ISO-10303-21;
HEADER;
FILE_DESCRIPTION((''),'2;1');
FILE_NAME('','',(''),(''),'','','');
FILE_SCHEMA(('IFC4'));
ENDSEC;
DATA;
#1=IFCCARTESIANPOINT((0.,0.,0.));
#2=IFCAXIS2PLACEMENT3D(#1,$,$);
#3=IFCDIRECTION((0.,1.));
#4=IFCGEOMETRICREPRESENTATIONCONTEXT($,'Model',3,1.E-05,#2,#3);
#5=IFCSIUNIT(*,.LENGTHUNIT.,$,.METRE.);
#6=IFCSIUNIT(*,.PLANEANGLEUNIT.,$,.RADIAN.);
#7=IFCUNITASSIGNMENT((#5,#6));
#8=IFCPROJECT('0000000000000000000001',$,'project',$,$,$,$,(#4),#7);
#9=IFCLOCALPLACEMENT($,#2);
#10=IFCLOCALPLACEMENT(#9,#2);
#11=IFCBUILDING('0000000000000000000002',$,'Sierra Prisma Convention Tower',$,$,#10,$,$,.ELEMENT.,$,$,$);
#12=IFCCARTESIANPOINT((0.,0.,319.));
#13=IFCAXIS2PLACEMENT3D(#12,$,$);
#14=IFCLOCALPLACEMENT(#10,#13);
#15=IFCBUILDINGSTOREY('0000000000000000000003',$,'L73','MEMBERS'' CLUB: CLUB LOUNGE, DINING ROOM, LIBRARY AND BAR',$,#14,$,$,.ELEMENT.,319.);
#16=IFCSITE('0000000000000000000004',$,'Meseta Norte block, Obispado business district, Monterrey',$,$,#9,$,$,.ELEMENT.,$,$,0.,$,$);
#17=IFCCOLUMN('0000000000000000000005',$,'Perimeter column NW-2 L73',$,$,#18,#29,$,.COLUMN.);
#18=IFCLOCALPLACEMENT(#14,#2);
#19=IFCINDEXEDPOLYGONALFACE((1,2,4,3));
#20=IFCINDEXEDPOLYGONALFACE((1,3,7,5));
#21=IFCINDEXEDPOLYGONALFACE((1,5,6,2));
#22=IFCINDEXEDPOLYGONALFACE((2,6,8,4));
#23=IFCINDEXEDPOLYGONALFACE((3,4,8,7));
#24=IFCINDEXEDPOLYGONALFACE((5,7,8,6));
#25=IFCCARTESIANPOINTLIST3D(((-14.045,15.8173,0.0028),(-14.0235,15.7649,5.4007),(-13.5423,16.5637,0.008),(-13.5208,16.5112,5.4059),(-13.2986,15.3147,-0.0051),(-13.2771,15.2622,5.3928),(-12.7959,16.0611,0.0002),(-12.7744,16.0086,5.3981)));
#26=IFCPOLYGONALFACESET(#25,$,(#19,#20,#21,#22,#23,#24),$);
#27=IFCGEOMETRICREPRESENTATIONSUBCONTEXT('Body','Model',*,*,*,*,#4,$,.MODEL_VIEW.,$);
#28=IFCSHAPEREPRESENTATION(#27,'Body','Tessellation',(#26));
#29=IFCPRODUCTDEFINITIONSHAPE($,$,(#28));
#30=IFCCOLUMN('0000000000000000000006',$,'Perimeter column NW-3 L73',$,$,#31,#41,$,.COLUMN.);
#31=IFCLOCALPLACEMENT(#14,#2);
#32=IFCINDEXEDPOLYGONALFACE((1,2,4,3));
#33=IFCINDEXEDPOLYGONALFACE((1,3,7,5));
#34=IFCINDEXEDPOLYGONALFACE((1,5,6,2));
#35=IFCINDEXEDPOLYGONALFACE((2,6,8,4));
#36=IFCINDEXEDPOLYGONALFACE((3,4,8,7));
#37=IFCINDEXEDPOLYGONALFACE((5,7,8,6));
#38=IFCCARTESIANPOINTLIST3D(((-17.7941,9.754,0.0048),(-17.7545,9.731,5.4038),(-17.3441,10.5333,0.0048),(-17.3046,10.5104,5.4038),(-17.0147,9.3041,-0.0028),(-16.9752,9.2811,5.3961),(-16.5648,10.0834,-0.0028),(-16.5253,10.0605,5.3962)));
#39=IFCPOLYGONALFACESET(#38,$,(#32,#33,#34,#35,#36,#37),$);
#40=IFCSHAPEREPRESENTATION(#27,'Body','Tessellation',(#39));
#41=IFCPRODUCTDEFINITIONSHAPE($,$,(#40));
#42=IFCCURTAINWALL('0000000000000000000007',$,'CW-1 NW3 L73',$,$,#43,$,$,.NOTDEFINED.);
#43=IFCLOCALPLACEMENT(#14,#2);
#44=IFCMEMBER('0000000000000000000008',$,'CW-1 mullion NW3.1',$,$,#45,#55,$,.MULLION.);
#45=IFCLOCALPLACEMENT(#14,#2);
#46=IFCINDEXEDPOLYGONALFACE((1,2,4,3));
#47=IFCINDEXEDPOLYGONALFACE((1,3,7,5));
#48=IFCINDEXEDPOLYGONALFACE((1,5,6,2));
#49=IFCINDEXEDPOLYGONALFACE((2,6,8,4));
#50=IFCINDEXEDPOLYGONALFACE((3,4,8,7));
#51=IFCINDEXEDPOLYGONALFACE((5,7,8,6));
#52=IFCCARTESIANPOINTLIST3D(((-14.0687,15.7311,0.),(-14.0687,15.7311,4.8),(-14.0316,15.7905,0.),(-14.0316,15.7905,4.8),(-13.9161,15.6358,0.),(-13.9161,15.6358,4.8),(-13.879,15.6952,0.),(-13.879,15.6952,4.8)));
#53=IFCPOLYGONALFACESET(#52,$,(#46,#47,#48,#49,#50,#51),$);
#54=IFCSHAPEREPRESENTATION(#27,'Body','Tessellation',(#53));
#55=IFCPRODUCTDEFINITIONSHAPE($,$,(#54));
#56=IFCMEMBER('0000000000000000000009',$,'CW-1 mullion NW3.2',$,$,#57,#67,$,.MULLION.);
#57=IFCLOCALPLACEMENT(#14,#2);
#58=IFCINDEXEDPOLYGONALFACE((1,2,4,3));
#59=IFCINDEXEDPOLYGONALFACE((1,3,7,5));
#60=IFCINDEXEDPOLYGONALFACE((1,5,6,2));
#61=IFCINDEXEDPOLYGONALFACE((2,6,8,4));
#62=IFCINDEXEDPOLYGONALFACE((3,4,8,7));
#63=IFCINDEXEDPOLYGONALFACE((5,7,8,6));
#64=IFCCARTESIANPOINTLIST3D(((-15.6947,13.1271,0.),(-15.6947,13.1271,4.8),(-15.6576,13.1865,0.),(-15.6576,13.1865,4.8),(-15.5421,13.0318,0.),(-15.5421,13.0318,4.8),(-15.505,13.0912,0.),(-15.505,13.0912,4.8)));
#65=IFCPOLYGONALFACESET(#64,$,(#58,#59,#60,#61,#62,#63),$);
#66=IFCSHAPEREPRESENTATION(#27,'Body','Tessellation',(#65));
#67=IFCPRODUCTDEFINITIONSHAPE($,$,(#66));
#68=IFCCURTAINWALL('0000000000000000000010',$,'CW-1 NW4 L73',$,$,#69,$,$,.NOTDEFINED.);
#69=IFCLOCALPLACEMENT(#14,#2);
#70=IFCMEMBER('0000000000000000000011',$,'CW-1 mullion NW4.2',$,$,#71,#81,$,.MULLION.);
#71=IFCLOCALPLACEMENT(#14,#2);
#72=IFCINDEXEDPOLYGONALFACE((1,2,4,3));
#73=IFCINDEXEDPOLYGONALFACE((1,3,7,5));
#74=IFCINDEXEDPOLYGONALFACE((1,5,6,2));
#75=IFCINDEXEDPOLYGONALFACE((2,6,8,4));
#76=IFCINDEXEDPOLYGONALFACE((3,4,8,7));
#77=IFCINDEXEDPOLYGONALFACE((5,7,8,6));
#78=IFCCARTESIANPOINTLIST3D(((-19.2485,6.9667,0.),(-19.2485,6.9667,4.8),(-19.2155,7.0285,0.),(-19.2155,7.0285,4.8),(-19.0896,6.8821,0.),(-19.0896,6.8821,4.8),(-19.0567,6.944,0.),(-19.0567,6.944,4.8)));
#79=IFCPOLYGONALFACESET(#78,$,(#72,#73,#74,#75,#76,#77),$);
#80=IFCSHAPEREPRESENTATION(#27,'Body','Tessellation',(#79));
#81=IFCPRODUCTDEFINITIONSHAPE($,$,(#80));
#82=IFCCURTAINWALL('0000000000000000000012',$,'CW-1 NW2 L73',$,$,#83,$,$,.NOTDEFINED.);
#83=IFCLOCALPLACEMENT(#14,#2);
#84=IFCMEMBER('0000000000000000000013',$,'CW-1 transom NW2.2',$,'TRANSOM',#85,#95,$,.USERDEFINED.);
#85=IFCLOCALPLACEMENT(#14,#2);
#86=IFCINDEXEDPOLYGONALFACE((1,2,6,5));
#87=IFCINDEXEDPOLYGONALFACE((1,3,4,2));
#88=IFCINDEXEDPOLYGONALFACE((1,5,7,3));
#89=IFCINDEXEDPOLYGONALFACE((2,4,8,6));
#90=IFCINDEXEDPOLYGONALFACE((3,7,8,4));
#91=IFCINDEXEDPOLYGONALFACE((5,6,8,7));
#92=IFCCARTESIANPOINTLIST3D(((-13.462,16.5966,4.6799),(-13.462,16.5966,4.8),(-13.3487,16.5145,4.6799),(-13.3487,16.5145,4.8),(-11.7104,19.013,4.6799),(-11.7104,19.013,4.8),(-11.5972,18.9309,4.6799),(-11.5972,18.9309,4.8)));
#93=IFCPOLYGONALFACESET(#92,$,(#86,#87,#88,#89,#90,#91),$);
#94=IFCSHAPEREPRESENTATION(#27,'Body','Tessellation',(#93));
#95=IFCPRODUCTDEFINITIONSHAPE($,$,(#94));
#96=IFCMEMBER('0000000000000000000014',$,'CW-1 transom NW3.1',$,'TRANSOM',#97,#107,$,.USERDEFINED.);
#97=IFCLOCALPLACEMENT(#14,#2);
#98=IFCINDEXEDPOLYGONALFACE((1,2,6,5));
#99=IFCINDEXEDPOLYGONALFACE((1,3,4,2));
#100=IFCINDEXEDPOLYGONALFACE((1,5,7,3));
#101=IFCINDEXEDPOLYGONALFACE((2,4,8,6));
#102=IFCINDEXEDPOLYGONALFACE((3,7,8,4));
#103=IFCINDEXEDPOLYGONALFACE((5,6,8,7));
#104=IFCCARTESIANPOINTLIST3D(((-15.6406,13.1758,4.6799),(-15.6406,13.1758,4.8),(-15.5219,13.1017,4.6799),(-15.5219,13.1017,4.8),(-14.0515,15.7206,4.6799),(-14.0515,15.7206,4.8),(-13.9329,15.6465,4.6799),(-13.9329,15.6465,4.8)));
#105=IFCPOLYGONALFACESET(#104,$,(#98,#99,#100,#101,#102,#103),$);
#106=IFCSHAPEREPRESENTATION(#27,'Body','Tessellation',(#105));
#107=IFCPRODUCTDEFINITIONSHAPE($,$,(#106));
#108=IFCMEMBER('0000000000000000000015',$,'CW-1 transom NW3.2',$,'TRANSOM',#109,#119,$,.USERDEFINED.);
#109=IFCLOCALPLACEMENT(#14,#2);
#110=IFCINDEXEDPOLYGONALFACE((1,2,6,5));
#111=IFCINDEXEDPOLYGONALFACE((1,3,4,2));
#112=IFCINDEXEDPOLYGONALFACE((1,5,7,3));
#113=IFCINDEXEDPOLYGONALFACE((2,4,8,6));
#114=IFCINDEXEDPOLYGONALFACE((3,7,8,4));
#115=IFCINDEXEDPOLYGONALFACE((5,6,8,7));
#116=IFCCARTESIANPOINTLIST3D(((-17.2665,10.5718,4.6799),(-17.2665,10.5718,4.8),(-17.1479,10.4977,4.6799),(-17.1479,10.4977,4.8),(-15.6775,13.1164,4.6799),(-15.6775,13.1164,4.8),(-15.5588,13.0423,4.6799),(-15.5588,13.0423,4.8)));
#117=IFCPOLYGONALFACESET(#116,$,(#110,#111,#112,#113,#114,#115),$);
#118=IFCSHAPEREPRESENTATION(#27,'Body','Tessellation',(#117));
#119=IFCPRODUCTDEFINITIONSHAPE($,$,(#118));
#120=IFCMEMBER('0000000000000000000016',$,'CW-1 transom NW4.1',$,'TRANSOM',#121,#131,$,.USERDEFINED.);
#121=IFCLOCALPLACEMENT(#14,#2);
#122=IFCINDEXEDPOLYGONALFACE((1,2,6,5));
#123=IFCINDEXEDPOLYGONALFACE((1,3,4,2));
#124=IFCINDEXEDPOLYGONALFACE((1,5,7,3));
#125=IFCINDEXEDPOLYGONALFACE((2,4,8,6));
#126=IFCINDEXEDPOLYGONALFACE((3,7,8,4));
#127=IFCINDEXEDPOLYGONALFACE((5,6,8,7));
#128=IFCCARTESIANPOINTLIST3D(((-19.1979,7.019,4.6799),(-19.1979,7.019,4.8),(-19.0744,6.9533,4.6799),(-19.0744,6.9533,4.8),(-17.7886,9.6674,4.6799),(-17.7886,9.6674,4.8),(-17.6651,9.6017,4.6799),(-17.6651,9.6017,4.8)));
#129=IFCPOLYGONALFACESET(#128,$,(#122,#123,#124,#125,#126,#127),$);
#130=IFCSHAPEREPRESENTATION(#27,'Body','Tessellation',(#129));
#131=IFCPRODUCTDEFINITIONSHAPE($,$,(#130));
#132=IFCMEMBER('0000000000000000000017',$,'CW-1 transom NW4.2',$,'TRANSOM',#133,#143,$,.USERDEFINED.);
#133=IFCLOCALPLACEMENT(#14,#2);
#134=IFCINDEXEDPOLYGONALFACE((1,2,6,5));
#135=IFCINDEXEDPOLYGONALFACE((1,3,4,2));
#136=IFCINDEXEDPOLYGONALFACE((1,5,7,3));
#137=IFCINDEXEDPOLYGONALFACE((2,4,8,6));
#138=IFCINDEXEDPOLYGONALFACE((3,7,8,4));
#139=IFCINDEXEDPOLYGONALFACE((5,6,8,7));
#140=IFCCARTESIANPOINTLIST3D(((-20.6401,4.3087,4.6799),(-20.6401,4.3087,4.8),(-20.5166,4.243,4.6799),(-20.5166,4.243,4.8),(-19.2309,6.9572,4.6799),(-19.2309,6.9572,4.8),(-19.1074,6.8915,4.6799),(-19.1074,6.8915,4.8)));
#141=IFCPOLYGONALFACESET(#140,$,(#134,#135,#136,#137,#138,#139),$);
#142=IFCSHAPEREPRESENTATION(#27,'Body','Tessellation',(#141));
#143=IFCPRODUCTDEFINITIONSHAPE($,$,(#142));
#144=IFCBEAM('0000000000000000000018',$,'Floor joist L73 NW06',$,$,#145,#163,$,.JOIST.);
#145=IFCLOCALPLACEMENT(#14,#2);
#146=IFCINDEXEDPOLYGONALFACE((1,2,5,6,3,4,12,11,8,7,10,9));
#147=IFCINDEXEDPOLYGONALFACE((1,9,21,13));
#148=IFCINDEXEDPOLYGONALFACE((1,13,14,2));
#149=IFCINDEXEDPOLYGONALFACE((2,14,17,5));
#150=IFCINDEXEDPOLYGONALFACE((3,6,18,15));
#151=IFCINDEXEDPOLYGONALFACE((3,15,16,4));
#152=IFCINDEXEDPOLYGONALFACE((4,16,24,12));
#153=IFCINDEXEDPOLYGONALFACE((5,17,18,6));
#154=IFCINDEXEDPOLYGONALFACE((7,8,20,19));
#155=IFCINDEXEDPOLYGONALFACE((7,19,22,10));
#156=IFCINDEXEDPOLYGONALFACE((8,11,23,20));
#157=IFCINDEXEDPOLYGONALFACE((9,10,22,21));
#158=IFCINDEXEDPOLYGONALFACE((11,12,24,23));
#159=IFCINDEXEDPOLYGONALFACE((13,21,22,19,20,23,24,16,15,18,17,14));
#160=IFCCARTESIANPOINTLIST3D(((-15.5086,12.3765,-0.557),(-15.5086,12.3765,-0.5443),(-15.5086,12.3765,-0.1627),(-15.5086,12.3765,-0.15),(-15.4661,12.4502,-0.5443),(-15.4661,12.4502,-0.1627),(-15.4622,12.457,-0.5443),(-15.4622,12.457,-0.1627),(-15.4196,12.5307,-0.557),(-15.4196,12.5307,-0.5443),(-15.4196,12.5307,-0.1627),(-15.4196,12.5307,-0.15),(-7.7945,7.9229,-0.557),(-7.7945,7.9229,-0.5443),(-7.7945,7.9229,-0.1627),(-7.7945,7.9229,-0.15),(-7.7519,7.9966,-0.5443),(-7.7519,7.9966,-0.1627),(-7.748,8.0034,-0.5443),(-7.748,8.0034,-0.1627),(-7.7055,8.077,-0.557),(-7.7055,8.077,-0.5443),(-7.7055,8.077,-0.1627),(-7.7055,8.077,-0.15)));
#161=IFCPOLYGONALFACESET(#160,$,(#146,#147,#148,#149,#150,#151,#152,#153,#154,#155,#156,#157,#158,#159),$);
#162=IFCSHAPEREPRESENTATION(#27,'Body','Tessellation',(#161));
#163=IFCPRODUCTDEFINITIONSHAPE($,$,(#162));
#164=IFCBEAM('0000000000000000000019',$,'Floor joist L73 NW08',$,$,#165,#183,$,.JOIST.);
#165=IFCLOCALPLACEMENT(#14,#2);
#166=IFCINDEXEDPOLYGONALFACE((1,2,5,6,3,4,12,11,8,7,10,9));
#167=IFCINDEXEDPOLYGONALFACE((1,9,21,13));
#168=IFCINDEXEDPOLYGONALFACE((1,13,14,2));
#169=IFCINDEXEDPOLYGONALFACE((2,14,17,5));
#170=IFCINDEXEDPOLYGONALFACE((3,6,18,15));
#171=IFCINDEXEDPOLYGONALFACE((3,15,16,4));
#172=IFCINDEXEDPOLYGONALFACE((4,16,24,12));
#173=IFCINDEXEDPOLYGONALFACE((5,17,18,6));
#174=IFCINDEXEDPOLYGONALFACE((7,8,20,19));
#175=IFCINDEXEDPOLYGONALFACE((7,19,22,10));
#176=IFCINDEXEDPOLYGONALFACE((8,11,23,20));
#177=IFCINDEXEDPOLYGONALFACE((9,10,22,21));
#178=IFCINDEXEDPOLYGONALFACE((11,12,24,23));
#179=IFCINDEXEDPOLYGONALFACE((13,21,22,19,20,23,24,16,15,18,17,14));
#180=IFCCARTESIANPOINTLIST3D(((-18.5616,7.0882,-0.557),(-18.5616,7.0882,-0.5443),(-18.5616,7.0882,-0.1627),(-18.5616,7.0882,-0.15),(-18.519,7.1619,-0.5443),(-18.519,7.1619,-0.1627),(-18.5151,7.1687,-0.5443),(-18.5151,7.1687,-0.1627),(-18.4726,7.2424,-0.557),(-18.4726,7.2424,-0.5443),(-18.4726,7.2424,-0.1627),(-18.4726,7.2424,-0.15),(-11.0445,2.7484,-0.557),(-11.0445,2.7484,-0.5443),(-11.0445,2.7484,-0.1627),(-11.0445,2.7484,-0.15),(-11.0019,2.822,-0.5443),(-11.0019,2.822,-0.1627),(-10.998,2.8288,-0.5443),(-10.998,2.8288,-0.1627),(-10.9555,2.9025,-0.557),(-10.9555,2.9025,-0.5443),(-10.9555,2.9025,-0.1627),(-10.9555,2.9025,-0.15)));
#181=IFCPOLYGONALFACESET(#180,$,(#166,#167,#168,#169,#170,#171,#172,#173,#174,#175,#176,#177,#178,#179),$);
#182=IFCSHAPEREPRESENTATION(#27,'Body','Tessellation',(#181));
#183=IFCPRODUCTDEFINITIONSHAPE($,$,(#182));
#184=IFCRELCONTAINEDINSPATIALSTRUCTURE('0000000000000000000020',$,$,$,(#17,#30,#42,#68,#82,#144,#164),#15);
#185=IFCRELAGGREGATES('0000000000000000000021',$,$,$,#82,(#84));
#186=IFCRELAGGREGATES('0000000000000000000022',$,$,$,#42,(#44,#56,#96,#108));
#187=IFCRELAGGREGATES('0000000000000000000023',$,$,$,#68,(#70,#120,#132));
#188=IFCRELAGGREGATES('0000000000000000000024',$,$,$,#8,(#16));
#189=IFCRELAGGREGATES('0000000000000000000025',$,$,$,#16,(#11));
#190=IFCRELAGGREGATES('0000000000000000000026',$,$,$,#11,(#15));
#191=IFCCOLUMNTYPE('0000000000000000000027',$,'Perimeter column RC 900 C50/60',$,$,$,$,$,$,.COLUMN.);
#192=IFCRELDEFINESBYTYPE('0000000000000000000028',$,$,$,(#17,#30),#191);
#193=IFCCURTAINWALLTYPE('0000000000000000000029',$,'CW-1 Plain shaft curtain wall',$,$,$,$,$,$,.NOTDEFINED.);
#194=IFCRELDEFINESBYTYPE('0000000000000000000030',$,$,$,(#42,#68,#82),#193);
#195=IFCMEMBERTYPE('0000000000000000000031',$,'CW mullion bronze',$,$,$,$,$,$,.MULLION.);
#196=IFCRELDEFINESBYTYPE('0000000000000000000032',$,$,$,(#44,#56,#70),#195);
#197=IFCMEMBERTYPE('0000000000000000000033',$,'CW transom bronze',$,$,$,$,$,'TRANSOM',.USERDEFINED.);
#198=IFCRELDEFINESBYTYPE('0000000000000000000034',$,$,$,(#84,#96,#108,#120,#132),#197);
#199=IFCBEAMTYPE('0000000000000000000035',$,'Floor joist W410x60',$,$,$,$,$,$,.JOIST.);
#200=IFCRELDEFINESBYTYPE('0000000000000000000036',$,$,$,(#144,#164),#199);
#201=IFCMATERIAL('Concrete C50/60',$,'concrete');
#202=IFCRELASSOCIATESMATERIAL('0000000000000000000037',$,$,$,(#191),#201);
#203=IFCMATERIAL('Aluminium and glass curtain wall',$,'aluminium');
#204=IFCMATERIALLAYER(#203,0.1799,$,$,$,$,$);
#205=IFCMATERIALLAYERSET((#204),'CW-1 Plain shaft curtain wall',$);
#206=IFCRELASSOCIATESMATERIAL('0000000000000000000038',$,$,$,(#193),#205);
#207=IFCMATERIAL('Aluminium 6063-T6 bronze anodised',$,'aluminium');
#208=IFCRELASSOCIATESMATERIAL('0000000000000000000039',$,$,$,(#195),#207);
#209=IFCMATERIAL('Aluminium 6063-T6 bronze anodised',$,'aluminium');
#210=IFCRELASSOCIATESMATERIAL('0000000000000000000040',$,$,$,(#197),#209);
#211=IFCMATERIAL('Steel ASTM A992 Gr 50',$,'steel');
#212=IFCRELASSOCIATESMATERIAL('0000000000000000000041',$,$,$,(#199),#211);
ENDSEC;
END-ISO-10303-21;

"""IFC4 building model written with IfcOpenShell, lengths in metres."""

from ifc_helpers import new_model, si_unit, direction, frame, origin, origin_2d, place, context, subcontext, project, spatial, rectangle, i_section, extrude, clip, halfspace, material, layer, layer_set, material_profile, profile_set, type_object, element, aggregate, save


model = new_model("IFC4")

# Units and contexts
model_context = context("Model", 3, precision=1e-05, world=origin(), true_north=direction((0.0, 1.0)))
body_context = subcontext(model_context, "Body", "Model", "MODEL_VIEW")
ifc_project = project(units=[si_unit("LENGTHUNIT", "METRE"), si_unit("PLANEANGLEUNIT", "RADIAN")], contexts=[model_context])

# Site, building, storey
site_placement = place(None, origin())
site = spatial("IfcSite", under=ifc_project, at=site_placement, Name="Meseta Norte block, Obispado business district, Monterrey", CompositionType="ELEMENT", RefElevation=0.0)
building_placement = place(site_placement, origin())
building = spatial("IfcBuilding", under=site, at=building_placement, Name="Sierra Prisma Convention Tower", CompositionType="ELEMENT")
storey_placement = place(building_placement, frame((0.0, 0.0, 319.0)))
storey = spatial("IfcBuildingStorey", under=building, at=storey_placement, Name="L73", Description="MEMBERS' CLUB: CLUB LOUNGE, DINING ROOM, LIBRARY AND BAR", CompositionType="ELEMENT", Elevation=319.0)

# Columns
ifc_material_1 = material(Name="Concrete C50/60", Category="concrete")
ifc_material_profile_1 = material_profile(ifc_material_1, rectangle(XDim=0.8999, YDim=0.8999, at=origin_2d()), Name="Perimeter column RC 900 C50/60")
ifc_profile_set_1 = profile_set([ifc_material_profile_1], Name="Concrete C50/60")
column_type = type_object("IfcColumnType", Name="Perimeter column RC 900 C50/60", PredefinedType="COLUMN", material=ifc_profile_set_1)
column_1_placement = place(storey_placement, frame((-13.4204, 15.9392, 0.0), z_axis=(0.003978, -0.00972, 0.999945), x_axis=(0.55861, 0.82941, 0.00584)))
element("IfcColumn", 1, at=column_1_placement, inside=storey, type_object=column_type, Name="Perimeter column NW-2 L73", PredefinedType="COLUMN", context=body_context, shape_type="SweptSolid", body=[
    clip(clip(extrude(rectangle(XDim=0.8999, YDim=0.8999, at=origin_2d()), origin(), (0.0, 0.0, 1.0), 5.4001), halfspace(frame((0.0, 0.0, 0.0015)), True)), halfspace(frame((0.0, 0.0, 5.3997)), False)),
])
column_2_placement = place(storey_placement, frame((-17.1794, 9.9187, 0.0), z_axis=(0.007324, -0.00425, 0.999964), x_axis=(0.499987, 0.866033, 0.000019)))
element("IfcColumn", 2, at=column_2_placement, inside=storey, type_object=column_type, Name="Perimeter column NW-3 L73", PredefinedType="COLUMN", context=body_context, shape_type="SweptSolid", body=[
    clip(extrude(rectangle(XDim=0.8999, YDim=0.8999, at=origin_2d()), origin(), (0.0, 0.0, 1.0), 5.4001), halfspace(frame((0.0, 0.0, 0.001)), True)),
])

# Curtain wall, members
ifc_material_2 = material(Name="Aluminium and glass curtain wall", Category="aluminium")
ifc_layer_1 = layer(ifc_material_2, 0.1799)
ifc_layer_set_1 = layer_set([ifc_layer_1], Name="CW-1 Plain shaft curtain wall")
curtain_wall_type = type_object("IfcCurtainWallType", Name="CW-1 Plain shaft curtain wall", PredefinedType="NOTDEFINED", material=ifc_layer_set_1)
curtain_wall_1_placement = place(storey_placement, origin())
curtain_wall_1 = element("IfcCurtainWall", 3, at=curtain_wall_1_placement, inside=storey, type_object=curtain_wall_type, Name="CW-1 NW3 L73", PredefinedType="NOTDEFINED")
ifc_material_3 = material(Name="Aluminium 6063-T6 bronze anodised", Category="aluminium")
ifc_material_profile_2 = material_profile(ifc_material_3, rectangle(XDim=0.1799, YDim=0.0701, at=origin_2d()), Name="ALU MULLION 70x180")
ifc_profile_set_2 = profile_set([ifc_material_profile_2], Name="Aluminium 6063-T6 bronze anodised")
member_type_1 = type_object("IfcMemberType", Name="CW mullion bronze", PredefinedType="MULLION", material=ifc_profile_set_2)
member_1_placement = place(storey_placement, frame((-13.9739, 15.7131, 0.0), z_axis=(0.0, 0.0, 1.0), x_axis=(0.848233, -0.529623, 0.0)))
member_1 = element("IfcMember", 4, at=member_1_placement, type_object=member_type_1, Name="CW-1 mullion NW3.1", PredefinedType="MULLION", context=body_context, shape_type="SweptSolid", body=[
    extrude(rectangle(XDim=0.1799, YDim=0.0701, at=origin_2d()), origin(), (0.0, 0.0, 1.0), 4.8),
])
member_2_placement = place(storey_placement, frame((-15.5999, 13.1091, 0.0), z_axis=(0.0, 0.0, 1.0), x_axis=(0.848233, -0.529623, 0.0)))
member_2 = element("IfcMember", 5, at=member_2_placement, type_object=member_type_1, Name="CW-1 mullion NW3.2", PredefinedType="MULLION", context=body_context, shape_type="SweptSolid", body=[
    extrude(rectangle(XDim=0.1799, YDim=0.0701, at=origin_2d()), origin(), (0.0, 0.0, 1.0), 4.8),
])

# Curtain walls, members
curtain_wall_2_placement = place(storey_placement, origin())
curtain_wall_2 = element("IfcCurtainWall", 6, at=curtain_wall_2_placement, inside=storey, type_object=curtain_wall_type, Name="CW-1 NW4 L73", PredefinedType="NOTDEFINED")
member_3_placement = place(storey_placement, frame((-19.1526, 6.9553, 0.0), z_axis=(0.0, 0.0, 1.0), x_axis=(0.882784, -0.46978, 0.0)))
member_3 = element("IfcMember", 7, at=member_3_placement, type_object=member_type_1, Name="CW-1 mullion NW4.2", PredefinedType="MULLION", context=body_context, shape_type="SweptSolid", body=[
    extrude(rectangle(XDim=0.1799, YDim=0.0701, at=origin_2d()), origin(), (0.0, 0.0, 1.0), 4.8),
])
curtain_wall_3_placement = place(storey_placement, origin())
curtain_wall_3 = element("IfcCurtainWall", 8, at=curtain_wall_3_placement, inside=storey, type_object=curtain_wall_type, Name="CW-1 NW2 L73", PredefinedType="NOTDEFINED")
ifc_material_4 = material(Name="Aluminium 6063-T6 bronze anodised", Category="aluminium")
ifc_material_profile_3 = material_profile(ifc_material_4, rectangle(XDim=0.1399, YDim=0.1201, at=origin_2d()), Name="ALU TRANSOM 120x140")
ifc_profile_set_3 = profile_set([ifc_material_profile_3], Name="Aluminium 6063-T6 bronze anodised")
member_type_2 = type_object("IfcMemberType", Name="CW transom bronze", ElementType="TRANSOM", PredefinedType="USERDEFINED", material=ifc_profile_set_3)
member_4_placement = place(storey_placement, frame((-11.6538, 18.9719, 4.74), z_axis=(-0.586897, -0.809662, 0.0), x_axis=(0.809662, -0.586897, 0.0)))
member_4 = element("IfcMember", 9, at=member_4_placement, type_object=member_type_2, Name="CW-1 transom NW2.2", ObjectType="TRANSOM", PredefinedType="USERDEFINED", context=body_context, shape_type="SweptSolid", body=[
    extrude(rectangle(XDim=0.1399, YDim=0.1201, at=origin_2d()), origin(), (0.0, 0.0, 1.0), 2.9844),
])

# Members
member_5_placement = place(storey_placement, frame((-13.9922, 15.6836, 4.74), z_axis=(-0.529648, -0.848218, 0.0), x_axis=(0.848218, -0.529648, 0.0)))
member_5 = element("IfcMember", 10, at=member_5_placement, type_object=member_type_2, Name="CW-1 transom NW3.1", ObjectType="TRANSOM", PredefinedType="USERDEFINED", context=body_context, shape_type="SweptSolid", body=[
    extrude(rectangle(XDim=0.1399, YDim=0.1201, at=origin_2d()), origin(), (0.0, 0.0, 1.0), 3.0002),
])
member_6_placement = place(storey_placement, frame((-15.6182, 13.0793, 4.74), z_axis=(-0.529684, -0.848195, 0.0), x_axis=(0.848195, -0.529684, 0.0)))
member_6 = element("IfcMember", 11, at=member_6_placement, type_object=member_type_2, Name="CW-1 transom NW3.2", ObjectType="TRANSOM", PredefinedType="USERDEFINED", context=body_context, shape_type="SweptSolid", body=[
    extrude(rectangle(XDim=0.1399, YDim=0.1201, at=origin_2d()), origin(), (0.0, 0.0, 1.0), 3.0),
])
member_7_placement = place(storey_placement, frame((-17.7268, 9.6345, 4.74), z_axis=(-0.46979, -0.882778, 0.0), x_axis=(0.882778, -0.46979, 0.0)))
member_7 = element("IfcMember", 12, at=member_7_placement, type_object=member_type_2, Name="CW-1 transom NW4.1", ObjectType="TRANSOM", PredefinedType="USERDEFINED", context=body_context, shape_type="SweptSolid", body=[
    extrude(rectangle(XDim=0.1399, YDim=0.1201, at=origin_2d()), origin(), (0.0, 0.0, 1.0), 3.0),
])
member_8_placement = place(storey_placement, frame((-19.1692, 6.9243, 4.74), z_axis=(-0.469726, -0.882812, 0.0), x_axis=(0.882812, -0.469726, 0.0)))
member_8 = element("IfcMember", 13, at=member_8_placement, type_object=member_type_2, Name="CW-1 transom NW4.2", ObjectType="TRANSOM", PredefinedType="USERDEFINED", context=body_context, shape_type="SweptSolid", body=[
    extrude(rectangle(XDim=0.1399, YDim=0.1201, at=origin_2d()), origin(), (0.0, 0.0, 1.0), 3.0),
])

# Beams
ifc_material_5 = material(Name="Steel ASTM A992 Gr 50", Category="steel")
ifc_material_profile_4 = material_profile(ifc_material_5, i_section(OverallWidth=0.178, OverallDepth=0.407, WebThickness=0.0078, FlangeThickness=0.0127, at=origin_2d()), Name="W410x60")
ifc_profile_set_4 = profile_set([ifc_material_profile_4], Name="Steel ASTM A992 Gr 50")
beam_type_1 = type_object("IfcBeamType", Name="Floor joist W410x60", PredefinedType="JOIST", material=ifc_profile_set_4)
beam_1_placement = place(storey_placement, frame((-15.4641, 12.4536, -0.3535), z_axis=(0.866032, -0.499989, 0.0), x_axis=(0.499989, 0.866032, 0.0)))
element("IfcBeam", 14, at=beam_1_placement, inside=storey, type_object=beam_type_1, Name="Floor joist L73 NW06", PredefinedType="JOIST", context=body_context, shape_type="SweptSolid", body=[
    extrude(i_section(OverallWidth=0.178, OverallDepth=0.407, WebThickness=0.0078, FlangeThickness=0.0127, at=origin_2d()), origin(), (0.0, 0.0, 1.0), 8.9075),
])
beam_2_placement = place(storey_placement, frame((-18.5171, 7.1653, -0.3535), z_axis=(0.866033, -0.499987, 0.0), x_axis=(0.499987, 0.866033, 0.0)))
element("IfcBeam", 15, at=beam_2_placement, inside=storey, type_object=beam_type_1, Name="Floor joist L73 NW08", PredefinedType="JOIST", context=body_context, shape_type="SweptSolid", body=[
    extrude(i_section(OverallWidth=0.178, OverallDepth=0.407, WebThickness=0.0078, FlangeThickness=0.0127, at=origin_2d()), origin(), (0.0, 0.0, 1.0), 8.6799),
])

aggregate(curtain_wall_3, [member_4])
aggregate(curtain_wall_1, [member_1, member_2, member_5, member_6])
aggregate(curtain_wall_2, [member_3, member_7, member_8])

save(model, "model.ifc")
